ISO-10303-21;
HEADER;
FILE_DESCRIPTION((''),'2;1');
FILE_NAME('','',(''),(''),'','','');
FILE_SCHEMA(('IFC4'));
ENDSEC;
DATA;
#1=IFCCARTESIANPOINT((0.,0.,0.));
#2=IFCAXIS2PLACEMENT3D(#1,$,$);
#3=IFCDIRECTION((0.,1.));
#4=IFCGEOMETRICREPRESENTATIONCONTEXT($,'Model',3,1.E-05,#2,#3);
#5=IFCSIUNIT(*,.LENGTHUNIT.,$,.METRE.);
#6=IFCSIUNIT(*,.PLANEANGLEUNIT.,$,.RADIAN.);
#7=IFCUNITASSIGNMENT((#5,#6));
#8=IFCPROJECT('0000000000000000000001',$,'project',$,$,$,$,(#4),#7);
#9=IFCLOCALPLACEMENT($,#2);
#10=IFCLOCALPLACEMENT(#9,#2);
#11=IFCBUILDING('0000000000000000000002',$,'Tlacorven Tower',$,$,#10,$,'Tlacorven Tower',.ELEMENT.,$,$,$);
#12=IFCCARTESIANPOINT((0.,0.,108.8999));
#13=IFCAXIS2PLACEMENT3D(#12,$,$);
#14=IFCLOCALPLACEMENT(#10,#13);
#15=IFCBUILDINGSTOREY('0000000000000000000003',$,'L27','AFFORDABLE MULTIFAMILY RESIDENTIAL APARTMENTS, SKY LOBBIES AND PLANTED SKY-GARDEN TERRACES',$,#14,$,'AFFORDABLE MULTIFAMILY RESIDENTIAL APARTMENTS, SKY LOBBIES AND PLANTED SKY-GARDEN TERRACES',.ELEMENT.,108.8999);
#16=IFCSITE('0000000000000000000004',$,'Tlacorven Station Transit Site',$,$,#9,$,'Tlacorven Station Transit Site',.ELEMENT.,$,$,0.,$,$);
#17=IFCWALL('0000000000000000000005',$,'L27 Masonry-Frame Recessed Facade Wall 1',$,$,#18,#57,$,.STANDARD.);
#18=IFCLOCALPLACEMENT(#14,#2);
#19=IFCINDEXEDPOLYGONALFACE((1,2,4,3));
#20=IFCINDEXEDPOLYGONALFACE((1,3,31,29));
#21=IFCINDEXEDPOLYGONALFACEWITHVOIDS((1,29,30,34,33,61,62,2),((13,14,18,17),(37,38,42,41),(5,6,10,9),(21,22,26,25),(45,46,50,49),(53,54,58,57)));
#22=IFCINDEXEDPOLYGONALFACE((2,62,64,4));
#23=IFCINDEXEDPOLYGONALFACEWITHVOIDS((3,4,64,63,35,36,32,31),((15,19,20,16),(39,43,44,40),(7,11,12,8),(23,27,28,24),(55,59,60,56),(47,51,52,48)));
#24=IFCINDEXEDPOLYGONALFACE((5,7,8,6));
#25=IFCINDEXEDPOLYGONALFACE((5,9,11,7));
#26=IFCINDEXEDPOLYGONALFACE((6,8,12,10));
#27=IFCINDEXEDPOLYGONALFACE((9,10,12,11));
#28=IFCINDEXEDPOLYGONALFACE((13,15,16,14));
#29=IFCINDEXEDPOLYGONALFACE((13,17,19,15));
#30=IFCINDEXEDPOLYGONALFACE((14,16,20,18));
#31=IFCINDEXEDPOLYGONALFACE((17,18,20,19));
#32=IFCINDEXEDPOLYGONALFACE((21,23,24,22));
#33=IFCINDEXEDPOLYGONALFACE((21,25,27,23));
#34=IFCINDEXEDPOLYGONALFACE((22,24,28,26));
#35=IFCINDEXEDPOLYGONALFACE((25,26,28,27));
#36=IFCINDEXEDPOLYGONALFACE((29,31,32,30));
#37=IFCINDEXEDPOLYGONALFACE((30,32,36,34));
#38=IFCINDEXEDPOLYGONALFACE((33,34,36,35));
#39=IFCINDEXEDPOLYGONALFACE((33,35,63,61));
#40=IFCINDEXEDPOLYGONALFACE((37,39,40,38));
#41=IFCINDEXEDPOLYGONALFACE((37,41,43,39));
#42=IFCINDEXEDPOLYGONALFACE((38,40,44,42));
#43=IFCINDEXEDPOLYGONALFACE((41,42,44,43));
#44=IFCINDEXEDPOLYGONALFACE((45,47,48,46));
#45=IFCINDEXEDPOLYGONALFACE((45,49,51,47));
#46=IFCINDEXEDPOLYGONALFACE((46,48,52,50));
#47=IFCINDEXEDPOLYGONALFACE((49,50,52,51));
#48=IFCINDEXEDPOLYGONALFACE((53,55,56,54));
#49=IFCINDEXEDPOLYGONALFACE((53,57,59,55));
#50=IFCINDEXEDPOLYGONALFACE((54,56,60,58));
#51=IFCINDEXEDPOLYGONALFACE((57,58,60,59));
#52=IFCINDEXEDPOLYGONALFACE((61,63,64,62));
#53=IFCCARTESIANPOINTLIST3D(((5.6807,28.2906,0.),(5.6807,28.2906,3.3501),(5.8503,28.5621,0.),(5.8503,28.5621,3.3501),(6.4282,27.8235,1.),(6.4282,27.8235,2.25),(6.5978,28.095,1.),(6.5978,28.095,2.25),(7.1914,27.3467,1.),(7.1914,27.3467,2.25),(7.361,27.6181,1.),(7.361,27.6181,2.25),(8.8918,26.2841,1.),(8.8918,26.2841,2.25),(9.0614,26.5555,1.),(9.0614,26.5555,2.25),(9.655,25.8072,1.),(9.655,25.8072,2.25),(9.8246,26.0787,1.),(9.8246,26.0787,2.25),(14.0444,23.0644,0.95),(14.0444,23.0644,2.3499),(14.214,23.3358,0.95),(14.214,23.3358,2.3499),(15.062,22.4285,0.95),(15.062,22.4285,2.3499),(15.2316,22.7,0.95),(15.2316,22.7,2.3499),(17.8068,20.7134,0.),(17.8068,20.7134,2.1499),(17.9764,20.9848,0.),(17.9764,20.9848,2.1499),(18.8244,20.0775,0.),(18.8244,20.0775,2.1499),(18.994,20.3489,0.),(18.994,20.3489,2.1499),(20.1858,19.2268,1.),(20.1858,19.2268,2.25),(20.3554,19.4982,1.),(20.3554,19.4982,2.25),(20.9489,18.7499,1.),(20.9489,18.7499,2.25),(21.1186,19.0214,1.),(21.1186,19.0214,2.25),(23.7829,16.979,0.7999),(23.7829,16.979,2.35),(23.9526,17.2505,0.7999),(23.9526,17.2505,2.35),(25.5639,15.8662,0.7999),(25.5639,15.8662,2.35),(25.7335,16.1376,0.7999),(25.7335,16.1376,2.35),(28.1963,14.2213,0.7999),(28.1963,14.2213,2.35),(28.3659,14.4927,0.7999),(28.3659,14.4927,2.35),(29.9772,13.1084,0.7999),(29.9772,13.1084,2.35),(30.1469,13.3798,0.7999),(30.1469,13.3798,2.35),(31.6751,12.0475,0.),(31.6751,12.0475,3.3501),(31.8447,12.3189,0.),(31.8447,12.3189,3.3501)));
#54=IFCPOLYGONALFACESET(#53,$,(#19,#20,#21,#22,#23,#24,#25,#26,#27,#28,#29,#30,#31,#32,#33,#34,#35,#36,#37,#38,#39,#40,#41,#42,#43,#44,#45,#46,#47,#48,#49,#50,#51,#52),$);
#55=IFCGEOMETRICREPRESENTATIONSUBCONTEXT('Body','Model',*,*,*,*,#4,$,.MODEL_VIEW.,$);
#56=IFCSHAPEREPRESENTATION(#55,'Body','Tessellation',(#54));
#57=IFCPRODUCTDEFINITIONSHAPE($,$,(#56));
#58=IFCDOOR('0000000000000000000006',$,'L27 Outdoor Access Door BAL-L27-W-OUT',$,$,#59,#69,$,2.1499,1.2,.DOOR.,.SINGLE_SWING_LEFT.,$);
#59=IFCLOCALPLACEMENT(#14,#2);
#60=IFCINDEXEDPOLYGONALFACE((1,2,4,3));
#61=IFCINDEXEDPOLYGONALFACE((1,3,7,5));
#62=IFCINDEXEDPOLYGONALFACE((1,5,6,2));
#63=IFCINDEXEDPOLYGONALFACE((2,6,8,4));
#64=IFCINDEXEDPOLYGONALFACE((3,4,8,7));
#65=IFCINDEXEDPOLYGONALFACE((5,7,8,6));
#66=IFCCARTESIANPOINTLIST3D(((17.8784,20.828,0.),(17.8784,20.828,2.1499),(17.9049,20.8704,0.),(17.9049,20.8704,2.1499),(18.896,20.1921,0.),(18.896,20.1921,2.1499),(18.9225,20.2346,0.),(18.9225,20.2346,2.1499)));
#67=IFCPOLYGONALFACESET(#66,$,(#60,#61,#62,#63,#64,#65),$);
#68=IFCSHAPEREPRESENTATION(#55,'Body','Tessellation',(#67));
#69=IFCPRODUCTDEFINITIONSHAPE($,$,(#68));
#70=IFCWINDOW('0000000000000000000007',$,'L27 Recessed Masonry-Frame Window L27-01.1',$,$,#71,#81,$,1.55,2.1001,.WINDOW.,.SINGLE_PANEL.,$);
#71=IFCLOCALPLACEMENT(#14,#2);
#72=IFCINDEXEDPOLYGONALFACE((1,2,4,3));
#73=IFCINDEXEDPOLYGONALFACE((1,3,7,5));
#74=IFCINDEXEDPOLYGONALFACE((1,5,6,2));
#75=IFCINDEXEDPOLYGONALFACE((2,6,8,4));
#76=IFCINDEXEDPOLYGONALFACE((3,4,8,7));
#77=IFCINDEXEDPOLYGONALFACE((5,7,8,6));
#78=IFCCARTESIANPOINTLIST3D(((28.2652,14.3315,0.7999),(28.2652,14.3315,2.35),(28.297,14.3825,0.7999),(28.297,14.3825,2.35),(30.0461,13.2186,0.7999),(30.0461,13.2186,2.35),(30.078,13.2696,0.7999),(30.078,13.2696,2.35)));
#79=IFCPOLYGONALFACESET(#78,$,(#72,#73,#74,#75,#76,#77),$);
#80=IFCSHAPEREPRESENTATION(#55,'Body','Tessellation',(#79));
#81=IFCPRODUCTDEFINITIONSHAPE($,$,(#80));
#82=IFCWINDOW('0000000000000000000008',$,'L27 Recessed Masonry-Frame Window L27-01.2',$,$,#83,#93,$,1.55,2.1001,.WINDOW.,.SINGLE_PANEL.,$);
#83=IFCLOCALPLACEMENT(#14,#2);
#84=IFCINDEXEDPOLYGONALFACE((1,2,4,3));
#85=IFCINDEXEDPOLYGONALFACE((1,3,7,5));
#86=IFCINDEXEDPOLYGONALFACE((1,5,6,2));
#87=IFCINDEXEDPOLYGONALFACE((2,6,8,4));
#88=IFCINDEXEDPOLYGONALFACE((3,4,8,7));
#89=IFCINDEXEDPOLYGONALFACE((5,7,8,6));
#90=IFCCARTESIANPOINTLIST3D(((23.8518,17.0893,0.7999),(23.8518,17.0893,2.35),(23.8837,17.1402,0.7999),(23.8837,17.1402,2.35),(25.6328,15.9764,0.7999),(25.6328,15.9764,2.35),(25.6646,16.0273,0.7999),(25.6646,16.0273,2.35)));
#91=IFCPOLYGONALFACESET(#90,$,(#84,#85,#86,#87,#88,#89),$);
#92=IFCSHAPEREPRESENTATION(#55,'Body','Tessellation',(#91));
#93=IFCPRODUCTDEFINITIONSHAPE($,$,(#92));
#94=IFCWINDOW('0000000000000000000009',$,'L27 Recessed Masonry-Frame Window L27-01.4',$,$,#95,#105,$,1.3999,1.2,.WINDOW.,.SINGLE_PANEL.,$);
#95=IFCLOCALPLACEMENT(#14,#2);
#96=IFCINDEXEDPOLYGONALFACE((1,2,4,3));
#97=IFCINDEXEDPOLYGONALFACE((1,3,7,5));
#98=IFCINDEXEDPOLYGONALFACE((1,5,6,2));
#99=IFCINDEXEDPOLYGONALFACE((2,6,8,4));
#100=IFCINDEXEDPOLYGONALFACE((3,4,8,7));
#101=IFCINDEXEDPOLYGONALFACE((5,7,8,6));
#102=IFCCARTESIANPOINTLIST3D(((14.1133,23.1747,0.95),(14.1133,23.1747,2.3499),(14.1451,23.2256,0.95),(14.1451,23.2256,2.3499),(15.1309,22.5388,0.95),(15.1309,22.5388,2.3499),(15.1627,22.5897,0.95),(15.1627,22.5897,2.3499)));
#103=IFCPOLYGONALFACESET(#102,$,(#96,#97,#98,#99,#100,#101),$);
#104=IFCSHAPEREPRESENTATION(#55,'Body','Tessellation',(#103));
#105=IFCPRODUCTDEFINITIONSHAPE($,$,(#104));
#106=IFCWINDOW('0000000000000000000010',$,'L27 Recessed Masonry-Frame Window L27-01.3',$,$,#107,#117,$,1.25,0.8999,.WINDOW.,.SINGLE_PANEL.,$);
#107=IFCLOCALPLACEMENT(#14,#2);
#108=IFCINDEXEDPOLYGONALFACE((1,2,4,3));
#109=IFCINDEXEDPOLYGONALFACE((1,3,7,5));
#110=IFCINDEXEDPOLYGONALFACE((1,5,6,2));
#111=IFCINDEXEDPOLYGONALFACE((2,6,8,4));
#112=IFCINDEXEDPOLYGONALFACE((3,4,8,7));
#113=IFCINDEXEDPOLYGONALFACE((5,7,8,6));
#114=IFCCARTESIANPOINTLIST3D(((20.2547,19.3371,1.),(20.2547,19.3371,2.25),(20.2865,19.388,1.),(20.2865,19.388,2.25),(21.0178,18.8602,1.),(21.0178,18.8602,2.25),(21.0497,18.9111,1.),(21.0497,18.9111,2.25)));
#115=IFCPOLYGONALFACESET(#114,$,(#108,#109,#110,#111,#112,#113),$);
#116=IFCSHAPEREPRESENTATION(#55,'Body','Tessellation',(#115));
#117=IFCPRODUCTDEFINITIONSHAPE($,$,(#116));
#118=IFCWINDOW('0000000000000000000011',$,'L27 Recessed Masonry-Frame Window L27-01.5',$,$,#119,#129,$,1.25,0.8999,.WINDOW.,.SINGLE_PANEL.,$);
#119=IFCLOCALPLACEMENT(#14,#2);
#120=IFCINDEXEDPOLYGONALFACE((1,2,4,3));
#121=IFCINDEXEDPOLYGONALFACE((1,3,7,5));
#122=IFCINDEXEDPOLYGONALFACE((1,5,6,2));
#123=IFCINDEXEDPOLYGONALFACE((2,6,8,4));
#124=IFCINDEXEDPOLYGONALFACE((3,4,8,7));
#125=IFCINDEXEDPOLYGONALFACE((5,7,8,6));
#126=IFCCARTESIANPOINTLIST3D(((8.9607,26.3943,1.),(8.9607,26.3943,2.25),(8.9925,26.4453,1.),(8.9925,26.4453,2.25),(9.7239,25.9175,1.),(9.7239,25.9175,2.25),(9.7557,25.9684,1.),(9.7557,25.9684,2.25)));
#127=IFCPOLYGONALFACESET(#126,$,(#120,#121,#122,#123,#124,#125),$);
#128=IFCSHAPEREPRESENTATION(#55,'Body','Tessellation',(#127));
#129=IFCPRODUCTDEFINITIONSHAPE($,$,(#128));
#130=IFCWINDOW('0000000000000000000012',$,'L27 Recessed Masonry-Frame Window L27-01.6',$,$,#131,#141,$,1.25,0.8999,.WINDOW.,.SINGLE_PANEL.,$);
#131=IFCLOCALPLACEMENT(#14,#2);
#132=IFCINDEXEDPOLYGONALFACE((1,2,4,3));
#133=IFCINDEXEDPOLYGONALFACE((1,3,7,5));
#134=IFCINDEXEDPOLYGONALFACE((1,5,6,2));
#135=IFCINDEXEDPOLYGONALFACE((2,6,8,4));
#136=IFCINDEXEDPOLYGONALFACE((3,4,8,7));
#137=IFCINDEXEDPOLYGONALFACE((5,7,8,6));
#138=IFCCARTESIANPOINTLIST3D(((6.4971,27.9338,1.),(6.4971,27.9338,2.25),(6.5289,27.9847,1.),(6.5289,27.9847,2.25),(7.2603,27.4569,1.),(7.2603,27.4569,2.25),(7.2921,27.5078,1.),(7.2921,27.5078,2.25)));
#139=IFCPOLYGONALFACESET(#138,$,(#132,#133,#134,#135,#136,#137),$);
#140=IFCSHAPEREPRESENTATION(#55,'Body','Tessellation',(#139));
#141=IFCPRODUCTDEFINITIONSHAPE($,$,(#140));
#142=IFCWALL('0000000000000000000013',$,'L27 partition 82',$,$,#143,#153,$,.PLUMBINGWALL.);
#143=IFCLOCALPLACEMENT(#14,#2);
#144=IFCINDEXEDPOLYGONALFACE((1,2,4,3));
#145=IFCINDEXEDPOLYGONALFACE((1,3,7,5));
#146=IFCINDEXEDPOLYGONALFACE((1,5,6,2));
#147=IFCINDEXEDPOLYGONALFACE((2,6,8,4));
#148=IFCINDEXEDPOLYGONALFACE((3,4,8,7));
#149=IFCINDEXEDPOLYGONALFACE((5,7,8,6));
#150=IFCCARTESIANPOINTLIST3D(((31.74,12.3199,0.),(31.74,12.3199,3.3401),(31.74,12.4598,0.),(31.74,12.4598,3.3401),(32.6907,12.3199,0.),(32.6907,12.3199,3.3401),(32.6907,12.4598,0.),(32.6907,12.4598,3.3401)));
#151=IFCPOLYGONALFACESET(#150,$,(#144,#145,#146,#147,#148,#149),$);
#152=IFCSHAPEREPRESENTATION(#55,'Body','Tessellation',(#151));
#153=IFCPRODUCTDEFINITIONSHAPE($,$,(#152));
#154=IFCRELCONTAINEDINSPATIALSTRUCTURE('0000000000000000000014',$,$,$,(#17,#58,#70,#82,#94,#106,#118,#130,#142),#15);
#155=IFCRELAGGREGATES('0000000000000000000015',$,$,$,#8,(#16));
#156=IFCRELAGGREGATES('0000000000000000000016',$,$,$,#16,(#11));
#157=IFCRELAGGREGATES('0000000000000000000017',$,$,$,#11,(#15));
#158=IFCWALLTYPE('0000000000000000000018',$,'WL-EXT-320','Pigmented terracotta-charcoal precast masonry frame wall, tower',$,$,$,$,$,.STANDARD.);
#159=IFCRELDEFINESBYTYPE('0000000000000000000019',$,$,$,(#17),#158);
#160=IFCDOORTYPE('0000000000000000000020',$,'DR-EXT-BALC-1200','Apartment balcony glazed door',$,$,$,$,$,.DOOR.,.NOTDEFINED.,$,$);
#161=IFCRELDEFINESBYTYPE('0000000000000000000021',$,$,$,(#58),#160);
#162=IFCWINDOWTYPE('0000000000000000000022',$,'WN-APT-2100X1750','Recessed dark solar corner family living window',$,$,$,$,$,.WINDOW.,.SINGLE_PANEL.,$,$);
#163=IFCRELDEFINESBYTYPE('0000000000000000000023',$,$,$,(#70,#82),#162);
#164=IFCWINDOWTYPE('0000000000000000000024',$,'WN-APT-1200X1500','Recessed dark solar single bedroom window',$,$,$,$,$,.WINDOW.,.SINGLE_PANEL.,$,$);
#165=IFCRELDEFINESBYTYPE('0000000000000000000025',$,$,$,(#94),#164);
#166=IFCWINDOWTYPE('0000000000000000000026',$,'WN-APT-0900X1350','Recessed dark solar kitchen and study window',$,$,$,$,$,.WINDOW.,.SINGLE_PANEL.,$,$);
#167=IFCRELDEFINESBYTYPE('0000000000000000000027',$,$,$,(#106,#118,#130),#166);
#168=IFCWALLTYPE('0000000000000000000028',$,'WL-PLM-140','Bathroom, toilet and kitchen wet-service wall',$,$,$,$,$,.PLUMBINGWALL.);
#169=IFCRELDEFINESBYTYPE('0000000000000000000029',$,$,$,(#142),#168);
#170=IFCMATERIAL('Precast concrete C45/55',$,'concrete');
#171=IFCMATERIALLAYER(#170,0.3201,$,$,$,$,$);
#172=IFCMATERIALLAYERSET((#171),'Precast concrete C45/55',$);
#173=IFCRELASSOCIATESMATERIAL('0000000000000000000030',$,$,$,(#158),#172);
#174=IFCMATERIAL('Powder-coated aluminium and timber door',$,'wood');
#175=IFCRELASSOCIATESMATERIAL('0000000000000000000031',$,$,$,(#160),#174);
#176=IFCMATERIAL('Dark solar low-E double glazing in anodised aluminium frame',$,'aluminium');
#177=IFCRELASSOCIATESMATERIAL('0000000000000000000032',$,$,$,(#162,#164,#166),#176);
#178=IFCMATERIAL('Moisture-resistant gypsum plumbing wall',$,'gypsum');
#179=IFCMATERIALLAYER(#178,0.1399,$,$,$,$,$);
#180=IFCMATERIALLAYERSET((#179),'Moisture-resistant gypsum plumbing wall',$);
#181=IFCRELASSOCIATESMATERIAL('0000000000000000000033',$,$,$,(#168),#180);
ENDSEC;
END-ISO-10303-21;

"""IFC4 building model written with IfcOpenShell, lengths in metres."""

from ifc_helpers import new_model, si_unit, direction, frame, frame_2d, origin, place, context, subcontext, project, spatial, rectangle, extrude, source, transform, mapped, material, layer, layer_set, type_object, element, fill, save


model = new_model("IFC4")

# Units and contexts
model_context = context("Model", 3, precision=1e-05, world=origin(), true_north=direction((0.0, 1.0)))
body_context = subcontext(model_context, "Body", "Model", "MODEL_VIEW")
ifc_project = project(units=[si_unit("LENGTHUNIT", "METRE"), si_unit("PLANEANGLEUNIT", "RADIAN")], contexts=[model_context])

# Site, building, storey
site_placement = place(None, origin())
site = spatial("IfcSite", under=ifc_project, at=site_placement, Name="Tlacorven Station Transit Site", LongName="Tlacorven Station Transit Site", CompositionType="ELEMENT", RefElevation=0.0)
building_placement = place(site_placement, origin())
building = spatial("IfcBuilding", under=site, at=building_placement, Name="Tlacorven Tower", LongName="Tlacorven Tower", CompositionType="ELEMENT")
storey_placement = place(building_placement, frame((0.0, 0.0, 108.8999)))
storey = spatial("IfcBuildingStorey", under=building, at=storey_placement, Name="L27", Description="AFFORDABLE MULTIFAMILY RESIDENTIAL APARTMENTS, SKY LOBBIES AND PLANTED SKY-GARDEN TERRACES", LongName="AFFORDABLE MULTIFAMILY RESIDENTIAL APARTMENTS, SKY LOBBIES AND PLANTED SKY-GARDEN TERRACES", CompositionType="ELEMENT", Elevation=108.8999)

# Wall, openings, door, windows
ifc_material_1 = material(Name="Precast concrete C45/55", Category="concrete")
ifc_layer_1 = layer(ifc_material_1, 0.3201)
ifc_layer_set_1 = layer_set([ifc_layer_1], Name="Precast concrete C45/55")
wall_type_1 = type_object("IfcWallType", Name="WL-EXT-320", Description="Pigmented terracotta-charcoal precast masonry frame wall, tower", PredefinedType="STANDARD", material=ifc_layer_set_1)
wall_1_placement = place(storey_placement, frame((31.76, 12.1831, 0.0), z_axis=(0.0, 0.0, 1.0), x_axis=(-0.848047, 0.529921, 0.0)))
wall_1 = element("IfcWall", 1, at=wall_1_placement, inside=storey, type_object=wall_type_1, Name="L27 Masonry-Frame Recessed Facade Wall 1", PredefinedType="STANDARD", context=body_context, shape_type="SweptSolid", body=[
    extrude(rectangle(XDim=30.6521, YDim=0.3201, at=frame_2d((15.3262, 0.0))), origin(), (0.0, 0.0, 1.0), 3.3501),
])
opening_1_placement = place(wall_1_placement, frame((15.1533, 0.0, 0.0)))
opening_1 = element("IfcOpeningElement", 2, at=opening_1_placement, cuts=wall_1, PredefinedType="OPENING", context=body_context, shape_type="SweptSolid", body=[
    extrude(rectangle(XDim=1.2, YDim=2.1499, at=frame_2d((0.6001, 1.075))), frame((0.0, 0.1699, 0.0), z_axis=(0.0, -1.0, 0.0), x_axis=(1.0, 0.0, 0.0)), (0.0, 0.0, 1.0), 0.3401),
])
opening_2_placement = place(wall_1_placement, frame((2.0022, 0.0, 0.8)))
opening_2 = element("IfcOpeningElement", 3, at=opening_2_placement, cuts=wall_1, PredefinedType="OPENING", context=body_context, shape_type="SweptSolid", body=[
    extrude(rectangle(XDim=2.1001, YDim=1.55, at=frame_2d((1.05, 0.7749))), frame((0.0, 0.1699, 0.0), z_axis=(0.0, -1.0, 0.0), x_axis=(1.0, 0.0, 0.0)), (0.0, 0.0, 1.0), 0.3401),
])
opening_3_placement = place(wall_1_placement, frame((7.2063, 0.0, 0.8)))
opening_3 = element("IfcOpeningElement", 4, at=opening_3_placement, cuts=wall_1, PredefinedType="OPENING", context=body_context, shape_type="SweptSolid", body=[
    extrude(rectangle(XDim=2.1001, YDim=1.55, at=frame_2d((1.05, 0.7749))), frame((0.0, 0.1699, 0.0), z_axis=(0.0, -1.0, 0.0), x_axis=(1.0, 0.0, 0.0)), (0.0, 0.0, 1.0), 0.3401),
])
opening_4_placement = place(wall_1_placement, frame((12.6482, 0.0, 1.0)))
opening_4 = element("IfcOpeningElement", 5, at=opening_4_placement, cuts=wall_1, PredefinedType="OPENING", context=body_context, shape_type="SweptSolid", body=[
    extrude(rectangle(XDim=0.8999, YDim=1.25, at=frame_2d((0.45, 0.625))), frame((0.0, 0.1699, 0.0), z_axis=(0.0, -1.0, 0.0), x_axis=(1.0, 0.0, 0.0)), (0.0, 0.0, 1.0), 0.3401),
])
opening_5_placement = place(wall_1_placement, frame((19.5898, 0.0, 0.95)))
opening_5 = element("IfcOpeningElement", 6, at=opening_5_placement, cuts=wall_1, PredefinedType="OPENING", context=body_context, shape_type="SweptSolid", body=[
    extrude(rectangle(XDim=1.2, YDim=1.3999, at=frame_2d((0.6001, 0.7))), frame((0.0, 0.1699, 0.0), z_axis=(0.0, -1.0, 0.0), x_axis=(1.0, 0.0, 0.0)), (0.0, 0.0, 1.0), 0.3401),
])
opening_6_placement = place(wall_1_placement, frame((25.9658, 0.0, 1.0)))
opening_6 = element("IfcOpeningElement", 7, at=opening_6_placement, cuts=wall_1, PredefinedType="OPENING", context=body_context, shape_type="SweptSolid", body=[
    extrude(rectangle(XDim=0.8999, YDim=1.25, at=frame_2d((0.45, 0.625))), frame((0.0, 0.1699, 0.0), z_axis=(0.0, -1.0, 0.0), x_axis=(1.0, 0.0, 0.0)), (0.0, 0.0, 1.0), 0.3401),
])
opening_7_placement = place(wall_1_placement, frame((28.8708, 0.0, 1.0)))
opening_7 = element("IfcOpeningElement", 8, at=opening_7_placement, cuts=wall_1, PredefinedType="OPENING", context=body_context, shape_type="SweptSolid", body=[
    extrude(rectangle(XDim=0.8999, YDim=1.25, at=frame_2d((0.45, 0.625))), frame((0.0, 0.1699, 0.0), z_axis=(0.0, -1.0, 0.0), x_axis=(1.0, 0.0, 0.0)), (0.0, 0.0, 1.0), 0.3401),
])
ifc_material_2 = material(Name="Powder-coated aluminium and timber door", Category="wood")
door_type_1 = type_object("IfcDoorType", Name="DR-EXT-BALC-1200", Description="Apartment balcony glazed door", OperationType="NOTDEFINED", PredefinedType="DOOR", material=ifc_material_2)
shared_shape_1 = source(origin(), body_context, "Body", "SweptSolid", [
    extrude(rectangle(XDim=1.2, YDim=2.1499, at=frame_2d((0.6001, 1.075))), frame((0.0, 0.0249, 0.0), z_axis=(0.0, -1.0, 0.0), x_axis=(1.0, 0.0, 0.0)), (0.0, 0.0, 1.0), 0.05),
])
door_1_placement = place(opening_1_placement, origin())
door_1 = element("IfcDoor", 9, at=door_1_placement, inside=storey, type_object=door_type_1, Name="L27 Outdoor Access Door BAL-L27-W-OUT", OperationType="SINGLE_SWING_LEFT", OverallHeight=2.1499, OverallWidth=1.2, PredefinedType="DOOR", context=body_context, shape_type="MappedRepresentation", body=[
    mapped(shared_shape_1, transform((0.0, 0.0, 0.0), scale=1.0)),
])
fill(opening_1, door_1)
ifc_material_3 = material(Name="Dark solar low-E double glazing in anodised aluminium frame", Category="aluminium")
window_type_1 = type_object("IfcWindowType", Name="WN-APT-2100X1750", Description="Recessed dark solar corner family living window", PartitioningType="SINGLE_PANEL", PredefinedType="WINDOW", material=ifc_material_3)
shared_shape_2 = source(origin(), body_context, "Body", "SweptSolid", [
    extrude(rectangle(XDim=2.1001, YDim=1.55, at=frame_2d((1.05, 0.7749))), frame((0.0, 0.03, 0.0), z_axis=(0.0, -1.0, 0.0), x_axis=(1.0, 0.0, 0.0)), (0.0, 0.0, 1.0), 0.0601),
])
window_1_placement = place(opening_2_placement, origin())
window_1 = element("IfcWindow", 10, at=window_1_placement, inside=storey, type_object=window_type_1, Name="L27 Recessed Masonry-Frame Window L27-01.1", OverallHeight=1.55, OverallWidth=2.1001, PartitioningType="SINGLE_PANEL", PredefinedType="WINDOW", context=body_context, shape_type="MappedRepresentation", body=[
    mapped(shared_shape_2, transform((0.0, 0.0, 0.0), scale=1.0)),
])
fill(opening_2, window_1)
window_2_placement = place(opening_3_placement, origin())
window_2 = element("IfcWindow", 11, at=window_2_placement, inside=storey, type_object=window_type_1, Name="L27 Recessed Masonry-Frame Window L27-01.2", OverallHeight=1.55, OverallWidth=2.1001, PartitioningType="SINGLE_PANEL", PredefinedType="WINDOW", context=body_context, shape_type="MappedRepresentation", body=[
    mapped(shared_shape_2, transform((0.0, 0.0, 0.0), scale=1.0)),
])
fill(opening_3, window_2)
window_type_2 = type_object("IfcWindowType", Name="WN-APT-1200X1500", Description="Recessed dark solar single bedroom window", PartitioningType="SINGLE_PANEL", PredefinedType="WINDOW", material=ifc_material_3)
shared_shape_3 = source(origin(), body_context, "Body", "SweptSolid", [
    extrude(rectangle(XDim=1.2, YDim=1.3999, at=frame_2d((0.6001, 0.7))), frame((0.0, 0.03, 0.0), z_axis=(0.0, -1.0, 0.0), x_axis=(1.0, 0.0, 0.0)), (0.0, 0.0, 1.0), 0.0601),
])
window_3_placement = place(opening_5_placement, origin())
window_3 = element("IfcWindow", 12, at=window_3_placement, inside=storey, type_object=window_type_2, Name="L27 Recessed Masonry-Frame Window L27-01.4", OverallHeight=1.3999, OverallWidth=1.2, PartitioningType="SINGLE_PANEL", PredefinedType="WINDOW", context=body_context, shape_type="MappedRepresentation", body=[
    mapped(shared_shape_3, transform((0.0, 0.0, 0.0), scale=1.0)),
])
fill(opening_5, window_3)
window_type_3 = type_object("IfcWindowType", Name="WN-APT-0900X1350", Description="Recessed dark solar kitchen and study window", PartitioningType="SINGLE_PANEL", PredefinedType="WINDOW", material=ifc_material_3)
shared_shape_4 = source(origin(), body_context, "Body", "SweptSolid", [
    extrude(rectangle(XDim=0.8999, YDim=1.25, at=frame_2d((0.45, 0.625))), frame((0.0, 0.03, 0.0), z_axis=(0.0, -1.0, 0.0), x_axis=(1.0, 0.0, 0.0)), (0.0, 0.0, 1.0), 0.0601),
])
window_4_placement = place(opening_4_placement, origin())
window_4 = element("IfcWindow", 13, at=window_4_placement, inside=storey, type_object=window_type_3, Name="L27 Recessed Masonry-Frame Window L27-01.3", OverallHeight=1.25, OverallWidth=0.8999, PartitioningType="SINGLE_PANEL", PredefinedType="WINDOW", context=body_context, shape_type="MappedRepresentation", body=[
    mapped(shared_shape_4, transform((0.0, 0.0, 0.0), scale=1.0)),
])
fill(opening_4, window_4)
window_5_placement = place(opening_6_placement, origin())
window_5 = element("IfcWindow", 14, at=window_5_placement, inside=storey, type_object=window_type_3, Name="L27 Recessed Masonry-Frame Window L27-01.5", OverallHeight=1.25, OverallWidth=0.8999, PartitioningType="SINGLE_PANEL", PredefinedType="WINDOW", context=body_context, shape_type="MappedRepresentation", body=[
    mapped(shared_shape_4, transform((0.0, 0.0, 0.0), scale=1.0)),
])
fill(opening_6, window_5)
window_6_placement = place(opening_7_placement, origin())
window_6 = element("IfcWindow", 15, at=window_6_placement, inside=storey, type_object=window_type_3, Name="L27 Recessed Masonry-Frame Window L27-01.6", OverallHeight=1.25, OverallWidth=0.8999, PartitioningType="SINGLE_PANEL", PredefinedType="WINDOW", context=body_context, shape_type="MappedRepresentation", body=[
    mapped(shared_shape_4, transform((0.0, 0.0, 0.0), scale=1.0)),
])
fill(opening_7, window_6)

# Wall
ifc_material_4 = material(Name="Moisture-resistant gypsum plumbing wall", Category="gypsum")
ifc_layer_2 = layer(ifc_material_4, 0.1399)
ifc_layer_set_2 = layer_set([ifc_layer_2], Name="Moisture-resistant gypsum plumbing wall")
wall_type_2 = type_object("IfcWallType", Name="WL-PLM-140", Description="Bathroom, toilet and kitchen wet-service wall", PredefinedType="PLUMBINGWALL", material=ifc_layer_set_2)
wall_2_placement = place(storey_placement, frame((31.74, 12.3899, 0.0), z_axis=(0.0, 0.0, 1.0), x_axis=(1.0, 0.0, 0.0)))
element("IfcWall", 16, at=wall_2_placement, inside=storey, type_object=wall_type_2, Name="L27 partition 82", PredefinedType="PLUMBINGWALL", context=body_context, shape_type="SweptSolid", body=[
    extrude(rectangle(XDim=0.9507, YDim=0.1399, at=frame_2d((0.4753, 0.0))), origin(), (0.0, 0.0, 1.0), 3.3401),
])

save(model, "model.ifc")
